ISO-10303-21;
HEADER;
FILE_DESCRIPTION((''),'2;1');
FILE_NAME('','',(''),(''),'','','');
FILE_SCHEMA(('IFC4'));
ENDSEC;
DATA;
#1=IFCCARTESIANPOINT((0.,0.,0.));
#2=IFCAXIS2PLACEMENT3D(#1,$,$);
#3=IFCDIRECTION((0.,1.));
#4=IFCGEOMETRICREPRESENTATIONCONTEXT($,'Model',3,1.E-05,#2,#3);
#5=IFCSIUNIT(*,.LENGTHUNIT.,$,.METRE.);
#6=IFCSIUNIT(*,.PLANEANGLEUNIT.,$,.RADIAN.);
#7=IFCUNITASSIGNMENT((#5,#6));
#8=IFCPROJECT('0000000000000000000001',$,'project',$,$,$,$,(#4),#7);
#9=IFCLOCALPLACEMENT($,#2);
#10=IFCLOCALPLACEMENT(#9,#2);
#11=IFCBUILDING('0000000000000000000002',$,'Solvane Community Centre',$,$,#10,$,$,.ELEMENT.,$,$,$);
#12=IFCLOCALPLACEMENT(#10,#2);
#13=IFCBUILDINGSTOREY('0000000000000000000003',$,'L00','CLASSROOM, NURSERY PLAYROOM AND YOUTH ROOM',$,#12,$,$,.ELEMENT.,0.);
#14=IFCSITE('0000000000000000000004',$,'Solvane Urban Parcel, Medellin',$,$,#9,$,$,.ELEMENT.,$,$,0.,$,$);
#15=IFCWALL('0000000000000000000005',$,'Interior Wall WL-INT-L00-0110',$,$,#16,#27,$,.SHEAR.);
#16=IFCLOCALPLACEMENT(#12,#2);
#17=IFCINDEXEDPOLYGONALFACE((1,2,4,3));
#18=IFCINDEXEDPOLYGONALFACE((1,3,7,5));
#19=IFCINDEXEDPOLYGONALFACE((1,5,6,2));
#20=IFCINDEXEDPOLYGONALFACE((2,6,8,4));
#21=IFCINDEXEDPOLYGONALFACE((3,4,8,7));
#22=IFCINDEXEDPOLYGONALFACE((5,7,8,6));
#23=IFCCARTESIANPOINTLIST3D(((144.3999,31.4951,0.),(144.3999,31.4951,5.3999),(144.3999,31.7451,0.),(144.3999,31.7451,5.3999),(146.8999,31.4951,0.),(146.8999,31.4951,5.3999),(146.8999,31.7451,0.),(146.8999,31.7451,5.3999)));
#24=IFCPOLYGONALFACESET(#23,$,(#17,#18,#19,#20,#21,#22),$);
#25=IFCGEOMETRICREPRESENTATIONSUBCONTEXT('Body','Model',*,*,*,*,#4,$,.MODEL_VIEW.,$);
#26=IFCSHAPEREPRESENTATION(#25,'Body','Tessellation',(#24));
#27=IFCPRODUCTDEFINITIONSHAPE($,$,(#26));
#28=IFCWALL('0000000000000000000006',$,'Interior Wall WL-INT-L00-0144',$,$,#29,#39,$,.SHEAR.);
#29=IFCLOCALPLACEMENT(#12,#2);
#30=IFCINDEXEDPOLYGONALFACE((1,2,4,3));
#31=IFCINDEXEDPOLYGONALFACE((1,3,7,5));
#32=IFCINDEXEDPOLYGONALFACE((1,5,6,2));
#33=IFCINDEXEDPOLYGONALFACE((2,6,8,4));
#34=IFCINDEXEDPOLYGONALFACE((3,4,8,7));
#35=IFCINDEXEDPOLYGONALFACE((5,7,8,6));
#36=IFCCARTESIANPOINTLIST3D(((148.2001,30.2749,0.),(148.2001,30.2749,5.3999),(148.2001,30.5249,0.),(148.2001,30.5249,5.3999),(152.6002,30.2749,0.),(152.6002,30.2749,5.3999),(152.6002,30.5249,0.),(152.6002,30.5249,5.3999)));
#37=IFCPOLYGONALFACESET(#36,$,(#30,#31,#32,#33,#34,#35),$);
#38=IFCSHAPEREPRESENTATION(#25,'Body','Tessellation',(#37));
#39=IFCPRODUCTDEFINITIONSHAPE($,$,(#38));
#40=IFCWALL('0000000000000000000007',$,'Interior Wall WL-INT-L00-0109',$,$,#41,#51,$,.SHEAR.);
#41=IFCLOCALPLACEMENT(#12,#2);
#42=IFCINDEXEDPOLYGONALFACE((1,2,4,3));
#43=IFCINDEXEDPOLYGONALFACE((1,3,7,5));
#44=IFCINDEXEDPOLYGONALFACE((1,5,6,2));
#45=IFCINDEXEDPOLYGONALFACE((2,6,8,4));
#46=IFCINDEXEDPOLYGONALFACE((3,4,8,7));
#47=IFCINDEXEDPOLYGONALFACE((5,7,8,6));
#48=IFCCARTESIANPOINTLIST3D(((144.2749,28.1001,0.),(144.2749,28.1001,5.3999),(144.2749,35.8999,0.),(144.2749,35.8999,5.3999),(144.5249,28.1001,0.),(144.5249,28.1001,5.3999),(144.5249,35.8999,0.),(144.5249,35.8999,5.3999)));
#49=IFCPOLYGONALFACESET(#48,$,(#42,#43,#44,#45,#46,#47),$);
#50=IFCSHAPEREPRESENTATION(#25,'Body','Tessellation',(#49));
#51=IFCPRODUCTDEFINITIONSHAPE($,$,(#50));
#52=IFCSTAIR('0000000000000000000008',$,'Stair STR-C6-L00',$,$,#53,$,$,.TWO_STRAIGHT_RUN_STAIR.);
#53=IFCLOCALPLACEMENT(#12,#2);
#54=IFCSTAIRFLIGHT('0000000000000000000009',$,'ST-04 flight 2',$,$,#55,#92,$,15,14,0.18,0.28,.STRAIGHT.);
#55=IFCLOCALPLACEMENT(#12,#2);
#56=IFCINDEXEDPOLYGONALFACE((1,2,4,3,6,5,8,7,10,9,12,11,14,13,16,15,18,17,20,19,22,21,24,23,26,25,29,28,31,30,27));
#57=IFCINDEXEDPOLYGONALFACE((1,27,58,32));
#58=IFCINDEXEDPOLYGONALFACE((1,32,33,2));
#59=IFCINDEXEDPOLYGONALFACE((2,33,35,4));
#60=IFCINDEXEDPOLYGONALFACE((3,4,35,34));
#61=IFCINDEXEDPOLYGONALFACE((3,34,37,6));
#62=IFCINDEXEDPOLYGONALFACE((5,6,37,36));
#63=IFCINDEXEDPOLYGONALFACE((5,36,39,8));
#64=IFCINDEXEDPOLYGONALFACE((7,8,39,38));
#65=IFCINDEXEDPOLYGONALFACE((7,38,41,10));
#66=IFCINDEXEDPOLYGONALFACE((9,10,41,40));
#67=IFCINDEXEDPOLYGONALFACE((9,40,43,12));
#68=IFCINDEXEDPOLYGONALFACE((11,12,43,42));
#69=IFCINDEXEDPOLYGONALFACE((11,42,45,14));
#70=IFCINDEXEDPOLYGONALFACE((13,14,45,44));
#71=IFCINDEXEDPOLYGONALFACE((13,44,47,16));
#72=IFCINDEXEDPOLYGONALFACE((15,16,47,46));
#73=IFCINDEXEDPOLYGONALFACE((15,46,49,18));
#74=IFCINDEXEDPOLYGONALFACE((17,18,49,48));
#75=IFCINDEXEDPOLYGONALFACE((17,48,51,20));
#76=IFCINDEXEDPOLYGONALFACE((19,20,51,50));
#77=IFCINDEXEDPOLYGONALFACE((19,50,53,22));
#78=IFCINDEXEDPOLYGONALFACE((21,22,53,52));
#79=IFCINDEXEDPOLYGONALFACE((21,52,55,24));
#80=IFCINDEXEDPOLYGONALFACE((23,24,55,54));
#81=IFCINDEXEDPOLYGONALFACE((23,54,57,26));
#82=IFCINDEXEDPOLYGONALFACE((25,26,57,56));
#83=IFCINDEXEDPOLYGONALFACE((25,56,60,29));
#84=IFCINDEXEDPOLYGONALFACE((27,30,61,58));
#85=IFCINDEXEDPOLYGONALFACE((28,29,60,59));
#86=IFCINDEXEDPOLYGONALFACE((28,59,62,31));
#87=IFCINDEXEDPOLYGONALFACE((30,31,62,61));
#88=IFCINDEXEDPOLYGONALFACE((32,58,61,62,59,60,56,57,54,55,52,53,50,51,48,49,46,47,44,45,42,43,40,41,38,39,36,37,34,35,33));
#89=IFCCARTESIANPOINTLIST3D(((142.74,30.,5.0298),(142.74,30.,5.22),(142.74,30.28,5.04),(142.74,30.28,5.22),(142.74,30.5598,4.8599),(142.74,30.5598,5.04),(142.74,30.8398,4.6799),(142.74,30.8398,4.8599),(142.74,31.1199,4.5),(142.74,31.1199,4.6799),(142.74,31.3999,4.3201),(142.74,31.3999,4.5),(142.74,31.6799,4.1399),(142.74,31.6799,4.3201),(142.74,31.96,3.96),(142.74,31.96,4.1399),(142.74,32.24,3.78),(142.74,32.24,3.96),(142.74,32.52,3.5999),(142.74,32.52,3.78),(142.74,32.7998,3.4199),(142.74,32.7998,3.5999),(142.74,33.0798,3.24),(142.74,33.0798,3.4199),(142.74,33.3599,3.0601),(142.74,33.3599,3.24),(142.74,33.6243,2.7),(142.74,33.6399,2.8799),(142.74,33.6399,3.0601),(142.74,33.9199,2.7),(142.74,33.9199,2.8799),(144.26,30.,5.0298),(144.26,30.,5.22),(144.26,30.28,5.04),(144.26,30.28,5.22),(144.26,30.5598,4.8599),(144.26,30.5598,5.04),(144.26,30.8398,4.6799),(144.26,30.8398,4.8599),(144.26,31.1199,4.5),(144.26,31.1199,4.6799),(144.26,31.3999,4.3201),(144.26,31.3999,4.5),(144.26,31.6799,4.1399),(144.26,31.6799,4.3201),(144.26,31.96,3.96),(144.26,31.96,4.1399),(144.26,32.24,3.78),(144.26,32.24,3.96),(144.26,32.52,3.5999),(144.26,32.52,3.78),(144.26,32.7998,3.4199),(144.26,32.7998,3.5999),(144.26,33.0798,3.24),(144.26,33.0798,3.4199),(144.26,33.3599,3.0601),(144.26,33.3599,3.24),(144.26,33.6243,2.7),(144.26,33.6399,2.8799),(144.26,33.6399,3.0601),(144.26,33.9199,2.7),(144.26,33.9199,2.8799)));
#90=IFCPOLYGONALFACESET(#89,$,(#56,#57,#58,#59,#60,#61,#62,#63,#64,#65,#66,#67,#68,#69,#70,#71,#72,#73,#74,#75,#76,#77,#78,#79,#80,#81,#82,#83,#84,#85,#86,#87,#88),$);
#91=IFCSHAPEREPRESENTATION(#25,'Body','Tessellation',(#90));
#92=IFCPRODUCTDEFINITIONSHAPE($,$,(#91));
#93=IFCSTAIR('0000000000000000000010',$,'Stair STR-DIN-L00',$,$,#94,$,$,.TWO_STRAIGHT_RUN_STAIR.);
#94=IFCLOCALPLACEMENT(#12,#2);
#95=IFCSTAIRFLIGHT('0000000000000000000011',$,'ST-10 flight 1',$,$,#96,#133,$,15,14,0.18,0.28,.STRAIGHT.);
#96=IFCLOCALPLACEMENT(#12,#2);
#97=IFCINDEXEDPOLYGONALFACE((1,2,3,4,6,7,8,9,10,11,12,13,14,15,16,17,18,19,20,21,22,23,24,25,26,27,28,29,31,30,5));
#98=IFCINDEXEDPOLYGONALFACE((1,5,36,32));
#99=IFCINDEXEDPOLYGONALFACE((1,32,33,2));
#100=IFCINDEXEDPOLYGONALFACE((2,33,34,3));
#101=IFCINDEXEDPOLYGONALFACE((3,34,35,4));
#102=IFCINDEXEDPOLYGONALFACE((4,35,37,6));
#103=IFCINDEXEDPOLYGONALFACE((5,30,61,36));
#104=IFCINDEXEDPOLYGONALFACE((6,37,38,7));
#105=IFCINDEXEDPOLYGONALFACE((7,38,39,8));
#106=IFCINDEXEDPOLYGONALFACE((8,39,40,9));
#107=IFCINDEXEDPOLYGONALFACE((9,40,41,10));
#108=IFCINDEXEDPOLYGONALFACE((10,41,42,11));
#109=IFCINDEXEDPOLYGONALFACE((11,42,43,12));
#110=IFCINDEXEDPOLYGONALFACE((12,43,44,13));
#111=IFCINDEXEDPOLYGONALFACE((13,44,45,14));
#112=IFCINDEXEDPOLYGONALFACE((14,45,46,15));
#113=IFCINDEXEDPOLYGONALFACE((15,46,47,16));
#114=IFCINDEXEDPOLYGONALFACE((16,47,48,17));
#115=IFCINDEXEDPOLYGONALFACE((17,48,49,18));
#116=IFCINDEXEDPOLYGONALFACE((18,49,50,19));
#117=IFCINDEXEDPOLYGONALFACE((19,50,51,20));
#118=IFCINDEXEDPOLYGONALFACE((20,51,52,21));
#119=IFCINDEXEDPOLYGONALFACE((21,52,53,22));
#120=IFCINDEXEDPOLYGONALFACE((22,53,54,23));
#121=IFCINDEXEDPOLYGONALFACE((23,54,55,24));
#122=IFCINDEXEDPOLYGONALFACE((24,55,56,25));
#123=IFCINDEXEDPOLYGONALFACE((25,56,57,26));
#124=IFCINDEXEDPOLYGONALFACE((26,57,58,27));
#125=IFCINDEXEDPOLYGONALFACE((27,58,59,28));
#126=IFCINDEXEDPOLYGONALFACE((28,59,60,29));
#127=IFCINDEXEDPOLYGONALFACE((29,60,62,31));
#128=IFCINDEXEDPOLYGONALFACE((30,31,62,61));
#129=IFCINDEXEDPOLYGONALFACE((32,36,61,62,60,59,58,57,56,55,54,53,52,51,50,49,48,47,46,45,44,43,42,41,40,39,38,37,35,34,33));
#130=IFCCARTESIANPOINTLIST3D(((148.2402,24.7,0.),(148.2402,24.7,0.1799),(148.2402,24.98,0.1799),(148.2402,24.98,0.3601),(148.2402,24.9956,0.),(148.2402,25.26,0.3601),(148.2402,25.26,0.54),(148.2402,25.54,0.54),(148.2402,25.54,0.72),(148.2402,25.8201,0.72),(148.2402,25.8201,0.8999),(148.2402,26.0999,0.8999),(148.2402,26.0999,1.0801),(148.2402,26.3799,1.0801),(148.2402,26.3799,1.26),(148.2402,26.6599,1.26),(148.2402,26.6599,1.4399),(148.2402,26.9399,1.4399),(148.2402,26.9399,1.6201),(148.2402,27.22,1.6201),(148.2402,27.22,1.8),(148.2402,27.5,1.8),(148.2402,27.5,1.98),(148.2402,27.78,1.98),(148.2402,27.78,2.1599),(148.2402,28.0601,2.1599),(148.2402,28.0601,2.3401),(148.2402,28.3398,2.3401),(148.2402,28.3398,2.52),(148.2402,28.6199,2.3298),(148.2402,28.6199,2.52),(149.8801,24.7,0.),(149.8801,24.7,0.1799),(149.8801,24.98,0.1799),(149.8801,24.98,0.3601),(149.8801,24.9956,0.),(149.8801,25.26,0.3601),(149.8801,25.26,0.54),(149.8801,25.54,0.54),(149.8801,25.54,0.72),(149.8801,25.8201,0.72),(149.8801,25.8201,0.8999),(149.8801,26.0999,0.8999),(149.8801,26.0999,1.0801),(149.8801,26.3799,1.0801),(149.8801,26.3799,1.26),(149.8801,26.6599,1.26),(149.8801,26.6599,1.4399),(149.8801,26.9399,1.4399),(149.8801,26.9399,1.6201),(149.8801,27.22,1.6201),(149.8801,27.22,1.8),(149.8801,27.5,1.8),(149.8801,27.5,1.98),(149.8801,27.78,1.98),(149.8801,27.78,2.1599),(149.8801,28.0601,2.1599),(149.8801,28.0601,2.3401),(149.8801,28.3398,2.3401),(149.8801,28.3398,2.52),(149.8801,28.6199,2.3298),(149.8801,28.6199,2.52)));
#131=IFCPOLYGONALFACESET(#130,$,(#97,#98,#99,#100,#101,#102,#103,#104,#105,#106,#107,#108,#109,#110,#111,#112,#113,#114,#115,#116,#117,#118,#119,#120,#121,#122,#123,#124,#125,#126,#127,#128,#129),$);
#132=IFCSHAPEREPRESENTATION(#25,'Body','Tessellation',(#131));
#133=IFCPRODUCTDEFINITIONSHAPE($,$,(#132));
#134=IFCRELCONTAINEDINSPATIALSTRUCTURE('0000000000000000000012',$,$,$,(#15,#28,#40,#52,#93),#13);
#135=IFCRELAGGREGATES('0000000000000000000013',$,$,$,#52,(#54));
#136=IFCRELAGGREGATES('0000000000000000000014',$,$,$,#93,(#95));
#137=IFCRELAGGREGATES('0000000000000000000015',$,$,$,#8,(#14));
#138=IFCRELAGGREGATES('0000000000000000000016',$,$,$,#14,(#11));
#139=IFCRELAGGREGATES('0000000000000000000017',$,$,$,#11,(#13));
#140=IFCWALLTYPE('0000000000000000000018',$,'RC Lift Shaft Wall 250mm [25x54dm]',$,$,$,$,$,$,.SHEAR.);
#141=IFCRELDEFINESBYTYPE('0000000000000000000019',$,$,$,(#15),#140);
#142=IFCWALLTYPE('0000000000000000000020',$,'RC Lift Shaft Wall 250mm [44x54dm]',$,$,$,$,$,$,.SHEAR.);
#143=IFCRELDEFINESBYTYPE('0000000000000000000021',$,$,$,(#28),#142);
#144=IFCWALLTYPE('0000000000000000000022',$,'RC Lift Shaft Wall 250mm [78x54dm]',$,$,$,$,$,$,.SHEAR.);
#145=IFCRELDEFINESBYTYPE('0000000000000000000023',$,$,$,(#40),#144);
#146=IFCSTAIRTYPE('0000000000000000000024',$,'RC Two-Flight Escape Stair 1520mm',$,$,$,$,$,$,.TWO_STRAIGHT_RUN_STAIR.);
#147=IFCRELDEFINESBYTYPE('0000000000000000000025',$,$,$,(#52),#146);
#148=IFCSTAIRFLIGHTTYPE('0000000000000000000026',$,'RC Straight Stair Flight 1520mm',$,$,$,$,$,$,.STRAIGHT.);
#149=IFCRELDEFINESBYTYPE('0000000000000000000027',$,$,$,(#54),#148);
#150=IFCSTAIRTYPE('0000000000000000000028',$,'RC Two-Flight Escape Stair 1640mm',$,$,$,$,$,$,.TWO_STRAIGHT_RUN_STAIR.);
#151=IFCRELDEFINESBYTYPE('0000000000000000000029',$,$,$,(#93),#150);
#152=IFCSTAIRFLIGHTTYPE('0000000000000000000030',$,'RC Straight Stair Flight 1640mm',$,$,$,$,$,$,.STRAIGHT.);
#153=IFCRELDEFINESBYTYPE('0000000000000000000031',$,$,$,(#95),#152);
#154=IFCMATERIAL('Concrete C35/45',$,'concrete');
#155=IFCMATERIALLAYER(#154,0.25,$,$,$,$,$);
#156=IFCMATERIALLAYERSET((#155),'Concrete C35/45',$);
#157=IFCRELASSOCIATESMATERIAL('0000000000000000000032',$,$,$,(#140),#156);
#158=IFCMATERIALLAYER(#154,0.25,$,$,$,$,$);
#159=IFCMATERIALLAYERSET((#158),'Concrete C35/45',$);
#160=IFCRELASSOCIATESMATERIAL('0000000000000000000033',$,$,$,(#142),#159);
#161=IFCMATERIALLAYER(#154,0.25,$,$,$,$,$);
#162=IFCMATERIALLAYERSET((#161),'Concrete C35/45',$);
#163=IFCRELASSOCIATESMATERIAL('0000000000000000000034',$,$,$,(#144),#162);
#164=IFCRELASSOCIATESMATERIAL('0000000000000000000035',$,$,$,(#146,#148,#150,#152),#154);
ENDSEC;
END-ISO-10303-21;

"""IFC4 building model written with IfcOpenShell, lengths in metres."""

from ifc_helpers import new_model, si_unit, direction, frame, frame_2d, origin, place, context, subcontext, project, spatial, polyline, rectangle, outline, extrude, material, layer, layer_set, type_object, element, aggregate, save


model = new_model("IFC4")

# Units and contexts
model_context = context("Model", 3, precision=1e-05, world=origin(), true_north=direction((0.0, 1.0)))
body_context = subcontext(model_context, "Body", "Model", "MODEL_VIEW")
ifc_project = project(units=[si_unit("LENGTHUNIT", "METRE"), si_unit("PLANEANGLEUNIT", "RADIAN")], contexts=[model_context])

# Site, building, storey
site_placement = place(None, origin())
site = spatial("IfcSite", under=ifc_project, at=site_placement, Name="Solvane Urban Parcel, Medellin", CompositionType="ELEMENT", RefElevation=0.0)
building_placement = place(site_placement, origin())
building = spatial("IfcBuilding", under=site, at=building_placement, Name="Solvane Community Centre", CompositionType="ELEMENT")
storey_placement = place(building_placement, origin())
storey = spatial("IfcBuildingStorey", under=building, at=storey_placement, Name="L00", Description="CLASSROOM, NURSERY PLAYROOM AND YOUTH ROOM", CompositionType="ELEMENT", Elevation=0.0)

# Shared definitions
ifc_material_1 = material(Name="Concrete C35/45", Category="concrete")

# Walls
ifc_layer_1 = layer(ifc_material_1, 0.25)
ifc_layer_set_1 = layer_set([ifc_layer_1], Name="Concrete C35/45")
wall_type_1 = type_object("IfcWallType", Name="RC Lift Shaft Wall 250mm [25x54dm]", PredefinedType="SHEAR", material=ifc_layer_set_1)
wall_1_placement = place(storey_placement, frame((144.3999, 31.6201, 0.0), z_axis=(0.0, 0.0, 1.0), x_axis=(1.0, 0.0, 0.0)))
element("IfcWall", 1, at=wall_1_placement, inside=storey, type_object=wall_type_1, Name="Interior Wall WL-INT-L00-0110", PredefinedType="SHEAR", context=body_context, shape_type="SweptSolid", body=[
    extrude(rectangle(XDim=2.5, YDim=0.25, at=frame_2d((1.25, 0.0))), origin(), (0.0, 0.0, 1.0), 5.3999),
])
ifc_layer_2 = layer(ifc_material_1, 0.25)
ifc_layer_set_2 = layer_set([ifc_layer_2], Name="Concrete C35/45")
wall_type_2 = type_object("IfcWallType", Name="RC Lift Shaft Wall 250mm [44x54dm]", PredefinedType="SHEAR", material=ifc_layer_set_2)
wall_2_placement = place(storey_placement, frame((148.2, 30.3999, 0.0), z_axis=(0.0, 0.0, 1.0), x_axis=(1.0, 0.0, 0.0)))
element("IfcWall", 2, at=wall_2_placement, inside=storey, type_object=wall_type_2, Name="Interior Wall WL-INT-L00-0144", PredefinedType="SHEAR", context=body_context, shape_type="SweptSolid", body=[
    extrude(rectangle(XDim=4.4001, YDim=0.25, at=frame_2d((2.2002, 0.0))), origin(), (0.0, 0.0, 1.0), 5.3999),
])
ifc_layer_3 = layer(ifc_material_1, 0.25)
ifc_layer_set_3 = layer_set([ifc_layer_3], Name="Concrete C35/45")
wall_type_3 = type_object("IfcWallType", Name="RC Lift Shaft Wall 250mm [78x54dm]", PredefinedType="SHEAR", material=ifc_layer_set_3)
wall_3_placement = place(storey_placement, frame((144.3999, 28.1001, 0.0), z_axis=(0.0, 0.0, 1.0), x_axis=(0.0, 1.0, 0.0)))
element("IfcWall", 3, at=wall_3_placement, inside=storey, type_object=wall_type_3, Name="Interior Wall WL-INT-L00-0109", PredefinedType="SHEAR", context=body_context, shape_type="SweptSolid", body=[
    extrude(rectangle(XDim=7.7998, YDim=0.25, at=frame_2d((3.8999, 0.0))), origin(), (0.0, 0.0, 1.0), 5.3999),
])

# Stairs, stair flights
stair_type_1 = type_object("IfcStairType", Name="RC Two-Flight Escape Stair 1520mm", PredefinedType="TWO_STRAIGHT_RUN_STAIR", material=ifc_material_1)
stair_1_placement = place(storey_placement, origin())
stair_1 = element("IfcStair", 4, at=stair_1_placement, inside=storey, type_object=stair_type_1, Name="Stair STR-C6-L00", PredefinedType="TWO_STRAIGHT_RUN_STAIR")
stair_flight_type_1 = type_object("IfcStairFlightType", Name="RC Straight Stair Flight 1520mm", PredefinedType="STRAIGHT", material=ifc_material_1)
stair_flight_1_placement = place(storey_placement, frame((143.5, 33.9199, 2.7), z_axis=(0.0, 0.0, 1.0), x_axis=(0.0, -1.0, 0.0)))
stair_flight_1 = element("IfcStairFlight", 5, at=stair_flight_1_placement, type_object=stair_flight_type_1, Name="ST-04 flight 2", NumberOfRisers=15, NumberOfTreads=14, PredefinedType="STRAIGHT", RiserHeight=0.18, TreadLength=0.28, context=body_context, shape_type="SweptSolid", body=[
    extrude(outline(polyline([(0.0, 0.0), (0.0, 0.1799), (0.28, 0.1799), (0.28, 0.3601), (0.5601, 0.3601), (0.5601, 0.54), (0.8401, 0.54), (0.8401, 0.72), (1.1201, 0.72), (1.1201, 0.8999), (1.3999, 0.8999), (1.3999, 1.0801), (1.6799, 1.0801), (1.6799, 1.26), (1.96, 1.26), (1.96, 1.4399), (2.24, 1.4399), (2.24, 1.6201), (2.52, 1.6201), (2.52, 1.8), (2.8, 1.8), (2.8, 1.98), (3.0801, 1.98), (3.0801, 2.1599), (3.3601, 2.1599), (3.3601, 2.3401), (3.6399, 2.3401), (3.6399, 2.52), (3.9199, 2.52), (3.9199, 2.7), (3.9199, 2.3298), (0.2957, 0.0), (0.0, 0.0)])), frame((0.0, 0.76, 0.0), z_axis=(0.0, -1.0, 0.0), x_axis=(1.0, 0.0, 0.0)), (0.0, 0.0, 1.0), 1.52),
])
aggregate(stair_1, [stair_flight_1])
stair_type_2 = type_object("IfcStairType", Name="RC Two-Flight Escape Stair 1640mm", PredefinedType="TWO_STRAIGHT_RUN_STAIR", material=ifc_material_1)
stair_2_placement = place(storey_placement, origin())
stair_2 = element("IfcStair", 6, at=stair_2_placement, inside=storey, type_object=stair_type_2, Name="Stair STR-DIN-L00", PredefinedType="TWO_STRAIGHT_RUN_STAIR")
stair_flight_type_2 = type_object("IfcStairFlightType", Name="RC Straight Stair Flight 1640mm", PredefinedType="STRAIGHT", material=ifc_material_1)
stair_flight_2_placement = place(storey_placement, frame((149.0601, 24.7, 0.0), z_axis=(0.0, 0.0, 1.0), x_axis=(0.0, 1.0, 0.0)))
stair_flight_2 = element("IfcStairFlight", 7, at=stair_flight_2_placement, type_object=stair_flight_type_2, Name="ST-10 flight 1", NumberOfRisers=15, NumberOfTreads=14, PredefinedType="STRAIGHT", RiserHeight=0.18, TreadLength=0.28, context=body_context, shape_type="SweptSolid", body=[
    extrude(outline(polyline([(0.0, 0.0), (0.0, 0.1799), (0.28, 0.1799), (0.28, 0.3601), (0.5601, 0.3601), (0.5601, 0.54), (0.8401, 0.54), (0.8401, 0.72), (1.1201, 0.72), (1.1201, 0.8999), (1.3999, 0.8999), (1.3999, 1.0801), (1.6799, 1.0801), (1.6799, 1.26), (1.96, 1.26), (1.96, 1.4399), (2.24, 1.4399), (2.24, 1.6201), (2.52, 1.6201), (2.52, 1.8), (2.8, 1.8), (2.8, 1.98), (3.0801, 1.98), (3.0801, 2.1599), (3.3601, 2.1599), (3.3601, 2.3401), (3.6399, 2.3401), (3.6399, 2.52), (3.9199, 2.52), (3.9199, 2.7), (3.9199, 2.3298), (0.2957, 0.0), (0.0, 0.0)])), frame((0.0, 0.8198, 0.0), z_axis=(0.0, -1.0, 0.0), x_axis=(1.0, 0.0, 0.0)), (0.0, 0.0, 1.0), 1.6399),
])
aggregate(stair_2, [stair_flight_2])

save(model, "model.ifc")
